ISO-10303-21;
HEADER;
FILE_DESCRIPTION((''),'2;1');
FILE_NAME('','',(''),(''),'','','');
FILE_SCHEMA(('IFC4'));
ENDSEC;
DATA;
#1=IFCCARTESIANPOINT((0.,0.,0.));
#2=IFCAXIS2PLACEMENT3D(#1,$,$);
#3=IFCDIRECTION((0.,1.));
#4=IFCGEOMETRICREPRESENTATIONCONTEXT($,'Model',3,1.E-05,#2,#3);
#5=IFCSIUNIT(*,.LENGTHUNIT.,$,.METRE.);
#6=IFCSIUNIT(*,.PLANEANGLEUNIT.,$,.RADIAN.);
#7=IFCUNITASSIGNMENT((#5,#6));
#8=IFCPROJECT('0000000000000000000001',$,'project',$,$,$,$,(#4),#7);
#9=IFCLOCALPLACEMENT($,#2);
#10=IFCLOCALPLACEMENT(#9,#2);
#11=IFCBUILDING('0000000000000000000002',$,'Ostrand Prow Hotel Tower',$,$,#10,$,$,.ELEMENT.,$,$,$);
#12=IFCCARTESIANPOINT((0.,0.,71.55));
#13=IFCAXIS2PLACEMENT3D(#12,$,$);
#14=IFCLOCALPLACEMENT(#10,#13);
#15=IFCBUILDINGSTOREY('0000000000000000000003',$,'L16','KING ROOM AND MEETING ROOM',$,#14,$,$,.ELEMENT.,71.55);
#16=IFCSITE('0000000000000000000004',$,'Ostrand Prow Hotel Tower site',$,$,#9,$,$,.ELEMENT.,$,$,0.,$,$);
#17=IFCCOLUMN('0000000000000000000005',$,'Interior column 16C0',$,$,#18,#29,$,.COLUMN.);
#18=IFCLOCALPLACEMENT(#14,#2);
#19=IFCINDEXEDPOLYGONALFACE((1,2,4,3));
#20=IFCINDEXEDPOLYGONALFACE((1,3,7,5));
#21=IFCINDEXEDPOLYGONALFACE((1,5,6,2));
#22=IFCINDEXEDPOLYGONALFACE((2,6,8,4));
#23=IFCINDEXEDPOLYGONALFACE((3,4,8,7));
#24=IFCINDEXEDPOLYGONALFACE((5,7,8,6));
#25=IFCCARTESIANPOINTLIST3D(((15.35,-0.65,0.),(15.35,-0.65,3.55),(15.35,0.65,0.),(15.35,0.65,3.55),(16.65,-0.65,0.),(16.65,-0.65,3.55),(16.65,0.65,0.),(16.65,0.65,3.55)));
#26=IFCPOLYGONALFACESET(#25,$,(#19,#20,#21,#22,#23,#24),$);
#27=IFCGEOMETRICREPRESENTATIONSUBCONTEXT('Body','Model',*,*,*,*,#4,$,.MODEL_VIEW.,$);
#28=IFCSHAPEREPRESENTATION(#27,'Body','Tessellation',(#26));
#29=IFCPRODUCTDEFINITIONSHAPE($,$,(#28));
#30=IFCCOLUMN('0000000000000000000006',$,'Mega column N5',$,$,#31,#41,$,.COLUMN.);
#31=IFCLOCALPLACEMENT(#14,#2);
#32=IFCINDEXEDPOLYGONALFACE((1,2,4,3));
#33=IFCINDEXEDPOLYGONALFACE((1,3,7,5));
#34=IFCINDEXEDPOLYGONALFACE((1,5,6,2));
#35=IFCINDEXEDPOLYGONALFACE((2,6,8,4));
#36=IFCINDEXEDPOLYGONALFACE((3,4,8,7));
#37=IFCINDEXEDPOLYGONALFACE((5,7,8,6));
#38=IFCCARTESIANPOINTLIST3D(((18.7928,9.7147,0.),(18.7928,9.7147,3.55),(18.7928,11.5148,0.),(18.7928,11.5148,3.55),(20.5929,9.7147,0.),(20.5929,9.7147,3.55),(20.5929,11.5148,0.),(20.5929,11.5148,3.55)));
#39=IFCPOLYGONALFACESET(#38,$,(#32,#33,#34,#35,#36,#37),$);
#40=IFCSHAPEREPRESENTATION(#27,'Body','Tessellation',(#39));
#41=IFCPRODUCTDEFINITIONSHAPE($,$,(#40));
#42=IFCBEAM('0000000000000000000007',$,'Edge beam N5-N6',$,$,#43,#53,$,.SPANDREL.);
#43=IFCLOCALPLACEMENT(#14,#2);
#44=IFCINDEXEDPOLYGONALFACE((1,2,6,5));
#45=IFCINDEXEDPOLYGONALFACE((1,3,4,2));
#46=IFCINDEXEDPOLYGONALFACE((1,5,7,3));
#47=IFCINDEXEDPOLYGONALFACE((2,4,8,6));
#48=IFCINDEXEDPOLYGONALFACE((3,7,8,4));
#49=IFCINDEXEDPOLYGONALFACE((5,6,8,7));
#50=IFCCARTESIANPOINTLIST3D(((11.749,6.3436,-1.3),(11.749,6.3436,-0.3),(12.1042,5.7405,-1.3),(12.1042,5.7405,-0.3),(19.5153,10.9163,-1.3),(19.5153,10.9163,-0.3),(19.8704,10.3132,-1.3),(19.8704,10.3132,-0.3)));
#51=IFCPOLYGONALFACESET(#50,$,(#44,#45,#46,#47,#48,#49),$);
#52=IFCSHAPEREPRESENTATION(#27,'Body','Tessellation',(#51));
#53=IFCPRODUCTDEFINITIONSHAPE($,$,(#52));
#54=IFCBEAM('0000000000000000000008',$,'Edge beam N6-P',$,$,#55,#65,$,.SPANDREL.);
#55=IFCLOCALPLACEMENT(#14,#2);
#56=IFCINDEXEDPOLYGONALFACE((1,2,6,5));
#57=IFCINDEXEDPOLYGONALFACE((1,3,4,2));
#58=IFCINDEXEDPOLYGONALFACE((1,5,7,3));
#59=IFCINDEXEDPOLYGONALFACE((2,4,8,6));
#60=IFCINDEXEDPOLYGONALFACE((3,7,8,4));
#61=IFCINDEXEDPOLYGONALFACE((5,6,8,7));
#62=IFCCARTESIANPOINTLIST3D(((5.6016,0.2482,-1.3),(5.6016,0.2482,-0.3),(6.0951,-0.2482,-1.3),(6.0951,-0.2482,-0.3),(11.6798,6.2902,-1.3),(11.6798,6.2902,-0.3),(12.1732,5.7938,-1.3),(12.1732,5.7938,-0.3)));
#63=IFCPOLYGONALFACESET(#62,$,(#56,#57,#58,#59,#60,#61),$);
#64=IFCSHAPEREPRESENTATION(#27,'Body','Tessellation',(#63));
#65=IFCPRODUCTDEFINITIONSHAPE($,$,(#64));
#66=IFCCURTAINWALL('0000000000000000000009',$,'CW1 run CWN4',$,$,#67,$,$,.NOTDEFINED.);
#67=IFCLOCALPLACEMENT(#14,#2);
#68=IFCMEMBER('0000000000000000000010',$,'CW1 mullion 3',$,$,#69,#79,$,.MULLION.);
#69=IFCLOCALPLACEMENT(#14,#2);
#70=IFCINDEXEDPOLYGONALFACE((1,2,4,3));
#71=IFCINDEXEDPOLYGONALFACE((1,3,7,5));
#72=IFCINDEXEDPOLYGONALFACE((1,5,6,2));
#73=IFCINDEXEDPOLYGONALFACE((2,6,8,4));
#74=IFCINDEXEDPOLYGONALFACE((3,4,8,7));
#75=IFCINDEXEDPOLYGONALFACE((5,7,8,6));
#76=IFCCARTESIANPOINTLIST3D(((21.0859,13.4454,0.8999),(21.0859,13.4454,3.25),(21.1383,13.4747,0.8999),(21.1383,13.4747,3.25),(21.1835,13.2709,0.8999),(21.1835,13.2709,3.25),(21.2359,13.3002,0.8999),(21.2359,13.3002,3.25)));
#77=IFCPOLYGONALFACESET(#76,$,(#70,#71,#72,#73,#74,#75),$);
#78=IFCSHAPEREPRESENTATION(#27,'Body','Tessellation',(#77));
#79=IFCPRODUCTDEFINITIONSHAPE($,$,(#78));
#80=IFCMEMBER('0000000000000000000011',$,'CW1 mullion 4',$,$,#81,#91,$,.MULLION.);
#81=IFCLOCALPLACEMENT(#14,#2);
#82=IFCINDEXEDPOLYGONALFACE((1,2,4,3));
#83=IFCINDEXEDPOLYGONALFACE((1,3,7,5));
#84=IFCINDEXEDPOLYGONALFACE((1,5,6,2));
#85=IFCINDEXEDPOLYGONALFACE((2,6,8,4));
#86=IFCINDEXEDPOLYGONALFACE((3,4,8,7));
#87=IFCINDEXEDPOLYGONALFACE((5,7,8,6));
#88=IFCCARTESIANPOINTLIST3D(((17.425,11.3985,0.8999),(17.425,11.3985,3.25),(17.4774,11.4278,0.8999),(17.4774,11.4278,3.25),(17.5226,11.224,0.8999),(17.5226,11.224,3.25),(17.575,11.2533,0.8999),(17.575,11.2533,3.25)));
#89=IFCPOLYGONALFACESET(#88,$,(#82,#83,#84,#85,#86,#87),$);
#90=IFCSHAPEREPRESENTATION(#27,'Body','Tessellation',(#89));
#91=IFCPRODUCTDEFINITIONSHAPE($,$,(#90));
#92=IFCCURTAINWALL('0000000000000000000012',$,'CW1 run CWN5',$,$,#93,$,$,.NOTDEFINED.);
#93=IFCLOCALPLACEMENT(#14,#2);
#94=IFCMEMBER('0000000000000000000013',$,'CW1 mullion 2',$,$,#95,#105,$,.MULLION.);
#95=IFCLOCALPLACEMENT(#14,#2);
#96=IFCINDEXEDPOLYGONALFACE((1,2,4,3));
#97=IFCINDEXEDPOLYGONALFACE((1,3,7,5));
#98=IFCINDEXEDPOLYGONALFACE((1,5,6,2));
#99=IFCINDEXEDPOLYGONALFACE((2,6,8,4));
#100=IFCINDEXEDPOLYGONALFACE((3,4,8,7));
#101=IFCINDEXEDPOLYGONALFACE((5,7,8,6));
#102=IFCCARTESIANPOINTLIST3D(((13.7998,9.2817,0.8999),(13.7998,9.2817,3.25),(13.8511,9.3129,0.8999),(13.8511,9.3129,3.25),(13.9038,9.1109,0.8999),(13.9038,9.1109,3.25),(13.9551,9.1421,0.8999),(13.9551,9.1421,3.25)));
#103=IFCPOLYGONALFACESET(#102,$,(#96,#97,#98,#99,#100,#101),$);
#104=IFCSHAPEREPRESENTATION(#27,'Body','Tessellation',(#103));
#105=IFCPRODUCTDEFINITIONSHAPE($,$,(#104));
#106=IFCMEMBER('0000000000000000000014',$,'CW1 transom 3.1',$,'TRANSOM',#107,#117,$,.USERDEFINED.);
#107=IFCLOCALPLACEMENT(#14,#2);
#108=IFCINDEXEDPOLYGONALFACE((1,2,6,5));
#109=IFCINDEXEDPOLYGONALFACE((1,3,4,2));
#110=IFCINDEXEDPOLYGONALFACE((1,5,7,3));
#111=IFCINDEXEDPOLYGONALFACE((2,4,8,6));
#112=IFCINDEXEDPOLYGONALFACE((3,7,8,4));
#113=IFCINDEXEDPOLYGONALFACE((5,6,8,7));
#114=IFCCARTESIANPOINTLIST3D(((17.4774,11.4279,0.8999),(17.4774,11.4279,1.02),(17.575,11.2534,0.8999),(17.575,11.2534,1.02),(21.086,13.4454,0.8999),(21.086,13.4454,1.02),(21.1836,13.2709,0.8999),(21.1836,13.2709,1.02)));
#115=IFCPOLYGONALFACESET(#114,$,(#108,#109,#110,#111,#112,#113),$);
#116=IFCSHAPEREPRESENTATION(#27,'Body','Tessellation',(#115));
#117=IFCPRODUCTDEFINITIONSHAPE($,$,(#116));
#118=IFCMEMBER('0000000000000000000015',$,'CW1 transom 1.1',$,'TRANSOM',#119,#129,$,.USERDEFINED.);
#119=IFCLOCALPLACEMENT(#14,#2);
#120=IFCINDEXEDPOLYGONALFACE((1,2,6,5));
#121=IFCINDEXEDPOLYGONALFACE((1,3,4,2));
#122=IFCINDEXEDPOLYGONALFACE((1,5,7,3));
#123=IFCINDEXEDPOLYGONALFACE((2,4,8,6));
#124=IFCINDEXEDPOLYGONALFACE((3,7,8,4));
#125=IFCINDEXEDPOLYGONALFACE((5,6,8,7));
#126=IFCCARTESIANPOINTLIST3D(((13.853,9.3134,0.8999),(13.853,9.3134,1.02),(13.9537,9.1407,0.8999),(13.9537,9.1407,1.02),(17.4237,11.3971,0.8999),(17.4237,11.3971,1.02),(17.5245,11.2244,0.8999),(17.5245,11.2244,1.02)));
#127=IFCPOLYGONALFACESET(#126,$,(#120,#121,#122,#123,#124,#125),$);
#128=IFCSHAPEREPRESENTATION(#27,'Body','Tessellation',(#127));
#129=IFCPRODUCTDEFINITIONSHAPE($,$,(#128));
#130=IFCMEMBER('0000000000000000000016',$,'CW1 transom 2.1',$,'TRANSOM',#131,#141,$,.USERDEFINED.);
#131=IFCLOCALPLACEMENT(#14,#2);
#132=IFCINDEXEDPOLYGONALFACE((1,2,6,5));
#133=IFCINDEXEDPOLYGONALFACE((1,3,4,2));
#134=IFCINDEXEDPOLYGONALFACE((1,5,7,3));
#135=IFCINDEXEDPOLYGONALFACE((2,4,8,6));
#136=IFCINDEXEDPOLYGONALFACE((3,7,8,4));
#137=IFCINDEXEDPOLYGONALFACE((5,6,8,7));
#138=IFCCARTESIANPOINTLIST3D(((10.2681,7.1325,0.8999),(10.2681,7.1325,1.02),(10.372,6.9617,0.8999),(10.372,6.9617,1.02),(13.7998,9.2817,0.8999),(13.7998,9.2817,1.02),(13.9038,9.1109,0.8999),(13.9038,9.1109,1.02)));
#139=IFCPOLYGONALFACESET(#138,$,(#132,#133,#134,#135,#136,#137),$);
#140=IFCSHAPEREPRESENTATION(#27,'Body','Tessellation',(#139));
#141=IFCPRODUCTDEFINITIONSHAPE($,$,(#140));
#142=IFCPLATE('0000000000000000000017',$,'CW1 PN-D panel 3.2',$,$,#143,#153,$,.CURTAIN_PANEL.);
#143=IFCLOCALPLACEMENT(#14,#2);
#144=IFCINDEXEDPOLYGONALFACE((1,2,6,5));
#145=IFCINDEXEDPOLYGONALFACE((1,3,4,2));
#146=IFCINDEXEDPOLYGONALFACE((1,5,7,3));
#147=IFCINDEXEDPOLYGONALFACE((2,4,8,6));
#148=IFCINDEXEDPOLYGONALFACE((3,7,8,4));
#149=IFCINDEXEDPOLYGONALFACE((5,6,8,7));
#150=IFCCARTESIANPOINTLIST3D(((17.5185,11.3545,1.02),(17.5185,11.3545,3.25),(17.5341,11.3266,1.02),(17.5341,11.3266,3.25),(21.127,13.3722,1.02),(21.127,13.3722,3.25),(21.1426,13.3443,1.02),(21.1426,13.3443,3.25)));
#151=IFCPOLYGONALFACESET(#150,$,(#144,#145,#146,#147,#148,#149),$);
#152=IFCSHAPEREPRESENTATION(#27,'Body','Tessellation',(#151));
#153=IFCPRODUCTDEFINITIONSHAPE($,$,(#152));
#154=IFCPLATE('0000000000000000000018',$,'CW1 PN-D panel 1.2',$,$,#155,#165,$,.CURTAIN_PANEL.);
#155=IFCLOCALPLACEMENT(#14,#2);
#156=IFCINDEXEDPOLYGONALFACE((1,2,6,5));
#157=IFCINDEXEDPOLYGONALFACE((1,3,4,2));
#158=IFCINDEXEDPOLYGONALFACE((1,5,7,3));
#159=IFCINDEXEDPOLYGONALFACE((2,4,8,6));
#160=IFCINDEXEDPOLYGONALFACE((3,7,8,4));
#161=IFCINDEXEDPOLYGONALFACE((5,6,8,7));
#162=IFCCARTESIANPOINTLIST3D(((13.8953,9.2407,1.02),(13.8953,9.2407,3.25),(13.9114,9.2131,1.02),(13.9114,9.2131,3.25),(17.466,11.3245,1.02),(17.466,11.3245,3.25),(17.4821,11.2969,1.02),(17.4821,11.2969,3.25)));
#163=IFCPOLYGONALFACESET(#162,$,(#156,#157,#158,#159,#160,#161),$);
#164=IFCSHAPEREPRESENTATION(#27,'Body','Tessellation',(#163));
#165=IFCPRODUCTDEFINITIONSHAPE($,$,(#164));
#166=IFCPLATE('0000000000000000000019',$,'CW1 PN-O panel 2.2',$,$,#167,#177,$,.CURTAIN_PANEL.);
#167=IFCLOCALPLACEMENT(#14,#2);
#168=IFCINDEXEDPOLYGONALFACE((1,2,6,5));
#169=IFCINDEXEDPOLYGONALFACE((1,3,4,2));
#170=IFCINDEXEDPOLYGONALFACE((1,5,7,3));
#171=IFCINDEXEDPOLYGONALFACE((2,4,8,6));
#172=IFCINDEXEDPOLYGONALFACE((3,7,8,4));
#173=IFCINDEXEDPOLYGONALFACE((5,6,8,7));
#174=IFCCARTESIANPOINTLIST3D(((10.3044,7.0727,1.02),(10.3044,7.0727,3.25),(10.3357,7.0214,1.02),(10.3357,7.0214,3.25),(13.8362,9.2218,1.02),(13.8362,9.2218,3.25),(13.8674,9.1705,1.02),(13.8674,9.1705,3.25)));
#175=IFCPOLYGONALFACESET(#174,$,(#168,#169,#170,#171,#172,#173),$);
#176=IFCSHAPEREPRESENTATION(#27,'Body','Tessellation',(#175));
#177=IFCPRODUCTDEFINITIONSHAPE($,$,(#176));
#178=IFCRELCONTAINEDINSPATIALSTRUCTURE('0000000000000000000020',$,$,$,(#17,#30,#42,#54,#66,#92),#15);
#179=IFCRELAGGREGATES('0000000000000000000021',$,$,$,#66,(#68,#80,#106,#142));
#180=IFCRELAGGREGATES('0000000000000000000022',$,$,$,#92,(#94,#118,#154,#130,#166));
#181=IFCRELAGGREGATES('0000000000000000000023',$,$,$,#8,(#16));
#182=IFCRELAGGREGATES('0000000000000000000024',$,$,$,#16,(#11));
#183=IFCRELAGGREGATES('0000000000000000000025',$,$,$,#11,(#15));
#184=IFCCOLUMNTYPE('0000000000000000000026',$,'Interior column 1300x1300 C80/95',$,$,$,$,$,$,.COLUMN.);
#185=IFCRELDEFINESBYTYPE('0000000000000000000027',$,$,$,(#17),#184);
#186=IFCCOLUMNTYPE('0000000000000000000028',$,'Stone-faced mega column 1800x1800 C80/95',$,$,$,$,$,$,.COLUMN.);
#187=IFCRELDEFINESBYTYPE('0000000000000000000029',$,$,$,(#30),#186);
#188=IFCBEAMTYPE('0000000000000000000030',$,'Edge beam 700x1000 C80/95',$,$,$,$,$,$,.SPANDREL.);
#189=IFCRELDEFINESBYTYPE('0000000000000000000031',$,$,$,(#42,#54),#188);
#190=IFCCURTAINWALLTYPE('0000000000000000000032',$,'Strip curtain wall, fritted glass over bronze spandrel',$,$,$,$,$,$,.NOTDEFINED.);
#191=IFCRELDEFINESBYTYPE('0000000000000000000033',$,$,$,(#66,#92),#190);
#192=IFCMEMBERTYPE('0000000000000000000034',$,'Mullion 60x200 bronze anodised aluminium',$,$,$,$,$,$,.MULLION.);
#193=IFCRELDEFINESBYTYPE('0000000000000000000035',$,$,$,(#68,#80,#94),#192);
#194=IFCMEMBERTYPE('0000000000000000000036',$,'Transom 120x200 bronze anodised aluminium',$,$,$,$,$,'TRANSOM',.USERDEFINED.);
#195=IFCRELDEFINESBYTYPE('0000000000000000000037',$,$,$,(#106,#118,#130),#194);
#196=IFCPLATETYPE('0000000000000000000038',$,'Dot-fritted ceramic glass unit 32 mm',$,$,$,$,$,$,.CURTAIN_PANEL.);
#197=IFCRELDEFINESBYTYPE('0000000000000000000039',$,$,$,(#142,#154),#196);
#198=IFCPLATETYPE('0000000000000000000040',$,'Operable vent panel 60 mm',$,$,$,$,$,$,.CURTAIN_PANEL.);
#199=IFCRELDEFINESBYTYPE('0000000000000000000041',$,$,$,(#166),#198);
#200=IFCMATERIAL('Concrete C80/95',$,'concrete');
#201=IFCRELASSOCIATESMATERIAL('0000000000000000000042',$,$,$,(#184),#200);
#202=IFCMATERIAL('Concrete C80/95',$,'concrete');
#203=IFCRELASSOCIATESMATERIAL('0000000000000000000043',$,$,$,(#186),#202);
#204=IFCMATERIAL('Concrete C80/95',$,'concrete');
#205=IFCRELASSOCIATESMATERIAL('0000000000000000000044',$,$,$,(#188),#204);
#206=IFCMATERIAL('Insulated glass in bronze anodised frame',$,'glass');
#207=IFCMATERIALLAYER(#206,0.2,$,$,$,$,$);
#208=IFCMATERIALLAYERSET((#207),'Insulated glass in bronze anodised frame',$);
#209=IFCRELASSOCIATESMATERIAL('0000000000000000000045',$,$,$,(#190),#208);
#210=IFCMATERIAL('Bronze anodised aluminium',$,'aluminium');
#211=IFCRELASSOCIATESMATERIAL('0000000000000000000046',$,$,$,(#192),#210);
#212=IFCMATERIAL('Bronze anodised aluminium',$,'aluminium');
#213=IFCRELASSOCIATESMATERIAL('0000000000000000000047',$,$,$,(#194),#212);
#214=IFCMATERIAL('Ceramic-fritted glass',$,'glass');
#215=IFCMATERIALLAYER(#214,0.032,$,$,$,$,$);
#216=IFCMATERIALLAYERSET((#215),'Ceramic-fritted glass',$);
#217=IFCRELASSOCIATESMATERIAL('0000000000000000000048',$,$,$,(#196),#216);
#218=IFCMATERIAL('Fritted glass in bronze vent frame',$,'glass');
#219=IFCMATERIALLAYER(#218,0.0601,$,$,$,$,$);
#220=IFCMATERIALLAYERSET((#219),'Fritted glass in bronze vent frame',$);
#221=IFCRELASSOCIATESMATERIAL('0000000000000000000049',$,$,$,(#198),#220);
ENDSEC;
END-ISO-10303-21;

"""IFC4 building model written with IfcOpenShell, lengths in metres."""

from ifc_helpers import new_model, si_unit, direction, frame, origin, origin_2d, place, context, subcontext, project, spatial, rectangle, extrude, material, layer, layer_set, material_profile, profile_set, type_object, element, aggregate, save


model = new_model("IFC4")

# Units and contexts
model_context = context("Model", 3, precision=1e-05, world=origin(), true_north=direction((0.0, 1.0)))
body_context = subcontext(model_context, "Body", "Model", "MODEL_VIEW")
ifc_project = project(units=[si_unit("LENGTHUNIT", "METRE"), si_unit("PLANEANGLEUNIT", "RADIAN")], contexts=[model_context])

# Site, building, storey
site_placement = place(None, origin())
site = spatial("IfcSite", under=ifc_project, at=site_placement, Name="Ostrand Prow Hotel Tower site", CompositionType="ELEMENT", RefElevation=0.0)
building_placement = place(site_placement, origin())
building = spatial("IfcBuilding", under=site, at=building_placement, Name="Ostrand Prow Hotel Tower", CompositionType="ELEMENT")
storey_placement = place(building_placement, frame((0.0, 0.0, 71.55)))
storey = spatial("IfcBuildingStorey", under=building, at=storey_placement, Name="L16", Description="KING ROOM AND MEETING ROOM", CompositionType="ELEMENT", Elevation=71.55)

# Columns
ifc_material_1 = material(Name="Concrete C80/95", Category="concrete")
ifc_material_profile_1 = material_profile(ifc_material_1, rectangle(XDim=1.3, YDim=1.3, at=origin_2d()), Name="RC 1300x1300")
ifc_profile_set_1 = profile_set([ifc_material_profile_1], Name="Concrete C80/95")
column_type_1 = type_object("IfcColumnType", Name="Interior column 1300x1300 C80/95", PredefinedType="COLUMN", material=ifc_profile_set_1)
column_1_placement = place(storey_placement, frame((16.0, 0.0, 0.0), z_axis=(0.0, 0.0, 1.0), x_axis=(1.0, 0.0, 0.0)))
element("IfcColumn", 1, at=column_1_placement, inside=storey, type_object=column_type_1, Name="Interior column 16C0", PredefinedType="COLUMN", context=body_context, shape_type="SweptSolid", body=[
    extrude(rectangle(XDim=1.3, YDim=1.3, at=origin_2d()), origin(), (0.0, 0.0, 1.0), 3.55),
])
ifc_material_2 = material(Name="Concrete C80/95", Category="concrete")
ifc_material_profile_2 = material_profile(ifc_material_2, rectangle(XDim=1.8, YDim=1.8, at=origin_2d()), Name="RC 1800x1800")
ifc_profile_set_2 = profile_set([ifc_material_profile_2], Name="Concrete C80/95")
column_type_2 = type_object("IfcColumnType", Name="Stone-faced mega column 1800x1800 C80/95", PredefinedType="COLUMN", material=ifc_profile_set_2)
column_2_placement = place(storey_placement, frame((19.6929, 10.6147, 0.0), z_axis=(0.0, 0.0, 1.0), x_axis=(1.0, 0.0, 0.0)))
element("IfcColumn", 2, at=column_2_placement, inside=storey, type_object=column_type_2, Name="Mega column N5", PredefinedType="COLUMN", context=body_context, shape_type="SweptSolid", body=[
    extrude(rectangle(XDim=1.8, YDim=1.8, at=origin_2d()), origin(), (0.0, 0.0, 1.0), 3.55),
])

# Beams
ifc_material_3 = material(Name="Concrete C80/95", Category="concrete")
ifc_material_profile_3 = material_profile(ifc_material_3, rectangle(XDim=0.7, YDim=1.0, at=origin_2d()), Name="RC 700x1000")
ifc_profile_set_3 = profile_set([ifc_material_profile_3], Name="Concrete C80/95")
beam_type = type_object("IfcBeamType", Name="Edge beam 700x1000 C80/95", PredefinedType="SPANDREL", material=ifc_profile_set_3)
beam_1_placement = place(storey_placement, frame((19.6929, 10.6147, -0.8), z_axis=(-0.861725, -0.507375, 0.0), x_axis=(0.507375, -0.861725, 0.0)))
element("IfcBeam", 3, at=beam_1_placement, inside=storey, type_object=beam_type, Name="Edge beam N5-N6", PredefinedType="SPANDREL", context=body_context, shape_type="SweptSolid", body=[
    extrude(rectangle(XDim=0.7, YDim=1.0, at=origin_2d()), origin(), (0.0, 0.0, 1.0), 9.0125),
])
beam_2_placement = place(storey_placement, frame((11.9265, 6.042, -0.8), z_axis=(-0.709212, -0.704996, 0.0), x_axis=(0.704996, -0.709212, 0.0)))
element("IfcBeam", 4, at=beam_2_placement, inside=storey, type_object=beam_type, Name="Edge beam N6-P", PredefinedType="SPANDREL", context=body_context, shape_type="SweptSolid", body=[
    extrude(rectangle(XDim=0.7, YDim=1.0, at=origin_2d()), origin(), (0.0, 0.0, 1.0), 8.5703),
])

# Curtain wall, members
ifc_material_4 = material(Name="Insulated glass in bronze anodised frame", Category="glass")
ifc_layer_1 = layer(ifc_material_4, 0.2)
ifc_layer_set_1 = layer_set([ifc_layer_1], Name="Insulated glass in bronze anodised frame")
curtain_wall_type = type_object("IfcCurtainWallType", Name="Strip curtain wall, fritted glass over bronze spandrel", PredefinedType="NOTDEFINED", material=ifc_layer_set_1)
curtain_wall_1_placement = place(storey_placement, origin())
curtain_wall_1 = element("IfcCurtainWall", 5, at=curtain_wall_1_placement, inside=storey, type_object=curtain_wall_type, Name="CW1 run CWN4", PredefinedType="NOTDEFINED")
ifc_material_5 = material(Name="Bronze anodised aluminium", Category="aluminium")
ifc_material_profile_4 = material_profile(ifc_material_5, rectangle(XDim=0.2, YDim=0.0601, at=origin_2d()), Name="Mullion 60x200 bronze anodised aluminium")
ifc_profile_set_4 = profile_set([ifc_material_profile_4], Name="Bronze anodised aluminium")
member_type_1 = type_object("IfcMemberType", Name="Mullion 60x200 bronze anodised aluminium", PredefinedType="MULLION", material=ifc_profile_set_4)
member_1_placement = place(storey_placement, frame((21.1609, 13.3728, 0.8999), z_axis=(0.0, 0.0, 1.0), x_axis=(0.488044, -0.872819, 0.0)))
member_1 = element("IfcMember", 6, at=member_1_placement, type_object=member_type_1, Name="CW1 mullion 3", PredefinedType="MULLION", context=body_context, shape_type="SweptSolid", body=[
    extrude(rectangle(XDim=0.2, YDim=0.0601, at=origin_2d()), origin(), (0.0, 0.0, 1.0), 2.3501),
])
member_2_placement = place(storey_placement, frame((17.5, 11.3259, 0.8999), z_axis=(0.0, 0.0, 1.0), x_axis=(0.488044, -0.872819, 0.0)))
member_2 = element("IfcMember", 7, at=member_2_placement, type_object=member_type_1, Name="CW1 mullion 4", PredefinedType="MULLION", context=body_context, shape_type="SweptSolid", body=[
    extrude(rectangle(XDim=0.2, YDim=0.0601, at=origin_2d()), origin(), (0.0, 0.0, 1.0), 2.3501),
])

# Curtain wall, member
curtain_wall_2_placement = place(storey_placement, origin())
curtain_wall_2 = element("IfcCurtainWall", 8, at=curtain_wall_2_placement, inside=storey, type_object=curtain_wall_type, Name="CW1 run CWN5", PredefinedType="NOTDEFINED")
member_3_placement = place(storey_placement, frame((13.8774, 9.2119, 0.8999), z_axis=(0.0, 0.0, 1.0), x_axis=(0.519831, -0.854269, 0.0)))
member_3 = element("IfcMember", 9, at=member_3_placement, type_object=member_type_1, Name="CW1 mullion 2", PredefinedType="MULLION", context=body_context, shape_type="SweptSolid", body=[
    extrude(rectangle(XDim=0.2, YDim=0.0601, at=origin_2d()), origin(), (0.0, 0.0, 1.0), 2.3501),
])

# Members
ifc_material_6 = material(Name="Bronze anodised aluminium", Category="aluminium")
ifc_material_profile_5 = material_profile(ifc_material_6, rectangle(XDim=0.2, YDim=0.1201, at=origin_2d()), Name="Transom 120x200 bronze anodised aluminium")
ifc_profile_set_5 = profile_set([ifc_material_profile_5], Name="Bronze anodised aluminium")
member_type_2 = type_object("IfcMemberType", Name="Transom 120x200 bronze anodised aluminium", ElementType="TRANSOM", PredefinedType="USERDEFINED", material=ifc_profile_set_5)
member_4_placement = place(storey_placement, frame((21.1348, 13.3582, 0.96), z_axis=(-0.872842, -0.488003, 0.0), x_axis=(0.488003, -0.872842, 0.0)))
member_4 = element("IfcMember", 10, at=member_4_placement, type_object=member_type_2, Name="CW1 transom 3.1", ObjectType="TRANSOM", PredefinedType="USERDEFINED", context=body_context, shape_type="SweptSolid", body=[
    extrude(rectangle(XDim=0.2, YDim=0.1201, at=origin_2d()), origin(), (0.0, 0.0, 1.0), 4.1343),
])
member_5_placement = place(storey_placement, frame((17.4741, 11.3108, 0.96), z_axis=(-0.863698, -0.504011, 0.0), x_axis=(0.504011, -0.863698, 0.0)))
member_5 = element("IfcMember", 11, at=member_5_placement, type_object=member_type_2, Name="CW1 transom 1.1", ObjectType="TRANSOM", PredefinedType="USERDEFINED", context=body_context, shape_type="SweptSolid", body=[
    extrude(rectangle(XDim=0.2, YDim=0.1201, at=origin_2d()), origin(), (0.0, 0.0, 1.0), 4.1343),
])
member_6_placement = place(storey_placement, frame((13.8518, 9.1963, 0.96), z_axis=(-0.854261, -0.519844, 0.0), x_axis=(0.519844, -0.854261, 0.0)))
member_6 = element("IfcMember", 12, at=member_6_placement, type_object=member_type_2, Name="CW1 transom 2.1", ObjectType="TRANSOM", PredefinedType="USERDEFINED", context=body_context, shape_type="SweptSolid", body=[
    extrude(rectangle(XDim=0.2, YDim=0.1201, at=origin_2d()), origin(), (0.0, 0.0, 1.0), 4.1343),
])

# Plates
ifc_material_7 = material(Name="Ceramic-fritted glass", Category="glass")
ifc_layer_2 = layer(ifc_material_7, 0.032)
ifc_layer_set_2 = layer_set([ifc_layer_2], Name="Ceramic-fritted glass")
plate_type_1 = type_object("IfcPlateType", Name="Dot-fritted ceramic glass unit 32 mm", PredefinedType="CURTAIN_PANEL", material=ifc_layer_set_2)
plate_1_placement = place(storey_placement, frame((19.3306, 12.3494, 1.02), z_axis=(0.0, 0.0, 1.0), x_axis=(-0.872819, -0.488044, 0.0)))
plate_1 = element("IfcPlate", 13, at=plate_1_placement, type_object=plate_type_1, Name="CW1 PN-D panel 3.2", PredefinedType="CURTAIN_PANEL", context=body_context, shape_type="SweptSolid", body=[
    extrude(rectangle(XDim=4.1343, YDim=0.032, at=origin_2d()), origin(), (0.0, 0.0, 1.0), 2.23),
])
aggregate(curtain_wall_1, [member_1, member_2, member_4, plate_1])
plate_2_placement = place(storey_placement, frame((15.6887, 10.2688, 1.02), z_axis=(0.0, 0.0, 1.0), x_axis=(-0.86369, -0.504023, 0.0)))
plate_2 = element("IfcPlate", 14, at=plate_2_placement, type_object=plate_type_1, Name="CW1 PN-D panel 1.2", PredefinedType="CURTAIN_PANEL", context=body_context, shape_type="SweptSolid", body=[
    extrude(rectangle(XDim=4.1343, YDim=0.032, at=origin_2d()), origin(), (0.0, 0.0, 1.0), 2.23),
])
ifc_material_8 = material(Name="Fritted glass in bronze vent frame", Category="glass")
ifc_layer_3 = layer(ifc_material_8, 0.0601)
ifc_layer_set_3 = layer_set([ifc_layer_3], Name="Fritted glass in bronze vent frame")
plate_type_2 = type_object("IfcPlateType", Name="Operable vent panel 60 mm", PredefinedType="CURTAIN_PANEL", material=ifc_layer_set_3)
plate_3_placement = place(storey_placement, frame((12.0859, 8.1216, 1.02), z_axis=(0.0, 0.0, 1.0), x_axis=(-0.854269, -0.519831, 0.0)))
plate_3 = element("IfcPlate", 15, at=plate_3_placement, type_object=plate_type_2, Name="CW1 PN-O panel 2.2", PredefinedType="CURTAIN_PANEL", context=body_context, shape_type="SweptSolid", body=[
    extrude(rectangle(XDim=4.1343, YDim=0.0601, at=origin_2d()), origin(), (0.0, 0.0, 1.0), 2.23),
])
aggregate(curtain_wall_2, [member_3, member_5, plate_2, member_6, plate_3])

save(model, "model.ifc")
